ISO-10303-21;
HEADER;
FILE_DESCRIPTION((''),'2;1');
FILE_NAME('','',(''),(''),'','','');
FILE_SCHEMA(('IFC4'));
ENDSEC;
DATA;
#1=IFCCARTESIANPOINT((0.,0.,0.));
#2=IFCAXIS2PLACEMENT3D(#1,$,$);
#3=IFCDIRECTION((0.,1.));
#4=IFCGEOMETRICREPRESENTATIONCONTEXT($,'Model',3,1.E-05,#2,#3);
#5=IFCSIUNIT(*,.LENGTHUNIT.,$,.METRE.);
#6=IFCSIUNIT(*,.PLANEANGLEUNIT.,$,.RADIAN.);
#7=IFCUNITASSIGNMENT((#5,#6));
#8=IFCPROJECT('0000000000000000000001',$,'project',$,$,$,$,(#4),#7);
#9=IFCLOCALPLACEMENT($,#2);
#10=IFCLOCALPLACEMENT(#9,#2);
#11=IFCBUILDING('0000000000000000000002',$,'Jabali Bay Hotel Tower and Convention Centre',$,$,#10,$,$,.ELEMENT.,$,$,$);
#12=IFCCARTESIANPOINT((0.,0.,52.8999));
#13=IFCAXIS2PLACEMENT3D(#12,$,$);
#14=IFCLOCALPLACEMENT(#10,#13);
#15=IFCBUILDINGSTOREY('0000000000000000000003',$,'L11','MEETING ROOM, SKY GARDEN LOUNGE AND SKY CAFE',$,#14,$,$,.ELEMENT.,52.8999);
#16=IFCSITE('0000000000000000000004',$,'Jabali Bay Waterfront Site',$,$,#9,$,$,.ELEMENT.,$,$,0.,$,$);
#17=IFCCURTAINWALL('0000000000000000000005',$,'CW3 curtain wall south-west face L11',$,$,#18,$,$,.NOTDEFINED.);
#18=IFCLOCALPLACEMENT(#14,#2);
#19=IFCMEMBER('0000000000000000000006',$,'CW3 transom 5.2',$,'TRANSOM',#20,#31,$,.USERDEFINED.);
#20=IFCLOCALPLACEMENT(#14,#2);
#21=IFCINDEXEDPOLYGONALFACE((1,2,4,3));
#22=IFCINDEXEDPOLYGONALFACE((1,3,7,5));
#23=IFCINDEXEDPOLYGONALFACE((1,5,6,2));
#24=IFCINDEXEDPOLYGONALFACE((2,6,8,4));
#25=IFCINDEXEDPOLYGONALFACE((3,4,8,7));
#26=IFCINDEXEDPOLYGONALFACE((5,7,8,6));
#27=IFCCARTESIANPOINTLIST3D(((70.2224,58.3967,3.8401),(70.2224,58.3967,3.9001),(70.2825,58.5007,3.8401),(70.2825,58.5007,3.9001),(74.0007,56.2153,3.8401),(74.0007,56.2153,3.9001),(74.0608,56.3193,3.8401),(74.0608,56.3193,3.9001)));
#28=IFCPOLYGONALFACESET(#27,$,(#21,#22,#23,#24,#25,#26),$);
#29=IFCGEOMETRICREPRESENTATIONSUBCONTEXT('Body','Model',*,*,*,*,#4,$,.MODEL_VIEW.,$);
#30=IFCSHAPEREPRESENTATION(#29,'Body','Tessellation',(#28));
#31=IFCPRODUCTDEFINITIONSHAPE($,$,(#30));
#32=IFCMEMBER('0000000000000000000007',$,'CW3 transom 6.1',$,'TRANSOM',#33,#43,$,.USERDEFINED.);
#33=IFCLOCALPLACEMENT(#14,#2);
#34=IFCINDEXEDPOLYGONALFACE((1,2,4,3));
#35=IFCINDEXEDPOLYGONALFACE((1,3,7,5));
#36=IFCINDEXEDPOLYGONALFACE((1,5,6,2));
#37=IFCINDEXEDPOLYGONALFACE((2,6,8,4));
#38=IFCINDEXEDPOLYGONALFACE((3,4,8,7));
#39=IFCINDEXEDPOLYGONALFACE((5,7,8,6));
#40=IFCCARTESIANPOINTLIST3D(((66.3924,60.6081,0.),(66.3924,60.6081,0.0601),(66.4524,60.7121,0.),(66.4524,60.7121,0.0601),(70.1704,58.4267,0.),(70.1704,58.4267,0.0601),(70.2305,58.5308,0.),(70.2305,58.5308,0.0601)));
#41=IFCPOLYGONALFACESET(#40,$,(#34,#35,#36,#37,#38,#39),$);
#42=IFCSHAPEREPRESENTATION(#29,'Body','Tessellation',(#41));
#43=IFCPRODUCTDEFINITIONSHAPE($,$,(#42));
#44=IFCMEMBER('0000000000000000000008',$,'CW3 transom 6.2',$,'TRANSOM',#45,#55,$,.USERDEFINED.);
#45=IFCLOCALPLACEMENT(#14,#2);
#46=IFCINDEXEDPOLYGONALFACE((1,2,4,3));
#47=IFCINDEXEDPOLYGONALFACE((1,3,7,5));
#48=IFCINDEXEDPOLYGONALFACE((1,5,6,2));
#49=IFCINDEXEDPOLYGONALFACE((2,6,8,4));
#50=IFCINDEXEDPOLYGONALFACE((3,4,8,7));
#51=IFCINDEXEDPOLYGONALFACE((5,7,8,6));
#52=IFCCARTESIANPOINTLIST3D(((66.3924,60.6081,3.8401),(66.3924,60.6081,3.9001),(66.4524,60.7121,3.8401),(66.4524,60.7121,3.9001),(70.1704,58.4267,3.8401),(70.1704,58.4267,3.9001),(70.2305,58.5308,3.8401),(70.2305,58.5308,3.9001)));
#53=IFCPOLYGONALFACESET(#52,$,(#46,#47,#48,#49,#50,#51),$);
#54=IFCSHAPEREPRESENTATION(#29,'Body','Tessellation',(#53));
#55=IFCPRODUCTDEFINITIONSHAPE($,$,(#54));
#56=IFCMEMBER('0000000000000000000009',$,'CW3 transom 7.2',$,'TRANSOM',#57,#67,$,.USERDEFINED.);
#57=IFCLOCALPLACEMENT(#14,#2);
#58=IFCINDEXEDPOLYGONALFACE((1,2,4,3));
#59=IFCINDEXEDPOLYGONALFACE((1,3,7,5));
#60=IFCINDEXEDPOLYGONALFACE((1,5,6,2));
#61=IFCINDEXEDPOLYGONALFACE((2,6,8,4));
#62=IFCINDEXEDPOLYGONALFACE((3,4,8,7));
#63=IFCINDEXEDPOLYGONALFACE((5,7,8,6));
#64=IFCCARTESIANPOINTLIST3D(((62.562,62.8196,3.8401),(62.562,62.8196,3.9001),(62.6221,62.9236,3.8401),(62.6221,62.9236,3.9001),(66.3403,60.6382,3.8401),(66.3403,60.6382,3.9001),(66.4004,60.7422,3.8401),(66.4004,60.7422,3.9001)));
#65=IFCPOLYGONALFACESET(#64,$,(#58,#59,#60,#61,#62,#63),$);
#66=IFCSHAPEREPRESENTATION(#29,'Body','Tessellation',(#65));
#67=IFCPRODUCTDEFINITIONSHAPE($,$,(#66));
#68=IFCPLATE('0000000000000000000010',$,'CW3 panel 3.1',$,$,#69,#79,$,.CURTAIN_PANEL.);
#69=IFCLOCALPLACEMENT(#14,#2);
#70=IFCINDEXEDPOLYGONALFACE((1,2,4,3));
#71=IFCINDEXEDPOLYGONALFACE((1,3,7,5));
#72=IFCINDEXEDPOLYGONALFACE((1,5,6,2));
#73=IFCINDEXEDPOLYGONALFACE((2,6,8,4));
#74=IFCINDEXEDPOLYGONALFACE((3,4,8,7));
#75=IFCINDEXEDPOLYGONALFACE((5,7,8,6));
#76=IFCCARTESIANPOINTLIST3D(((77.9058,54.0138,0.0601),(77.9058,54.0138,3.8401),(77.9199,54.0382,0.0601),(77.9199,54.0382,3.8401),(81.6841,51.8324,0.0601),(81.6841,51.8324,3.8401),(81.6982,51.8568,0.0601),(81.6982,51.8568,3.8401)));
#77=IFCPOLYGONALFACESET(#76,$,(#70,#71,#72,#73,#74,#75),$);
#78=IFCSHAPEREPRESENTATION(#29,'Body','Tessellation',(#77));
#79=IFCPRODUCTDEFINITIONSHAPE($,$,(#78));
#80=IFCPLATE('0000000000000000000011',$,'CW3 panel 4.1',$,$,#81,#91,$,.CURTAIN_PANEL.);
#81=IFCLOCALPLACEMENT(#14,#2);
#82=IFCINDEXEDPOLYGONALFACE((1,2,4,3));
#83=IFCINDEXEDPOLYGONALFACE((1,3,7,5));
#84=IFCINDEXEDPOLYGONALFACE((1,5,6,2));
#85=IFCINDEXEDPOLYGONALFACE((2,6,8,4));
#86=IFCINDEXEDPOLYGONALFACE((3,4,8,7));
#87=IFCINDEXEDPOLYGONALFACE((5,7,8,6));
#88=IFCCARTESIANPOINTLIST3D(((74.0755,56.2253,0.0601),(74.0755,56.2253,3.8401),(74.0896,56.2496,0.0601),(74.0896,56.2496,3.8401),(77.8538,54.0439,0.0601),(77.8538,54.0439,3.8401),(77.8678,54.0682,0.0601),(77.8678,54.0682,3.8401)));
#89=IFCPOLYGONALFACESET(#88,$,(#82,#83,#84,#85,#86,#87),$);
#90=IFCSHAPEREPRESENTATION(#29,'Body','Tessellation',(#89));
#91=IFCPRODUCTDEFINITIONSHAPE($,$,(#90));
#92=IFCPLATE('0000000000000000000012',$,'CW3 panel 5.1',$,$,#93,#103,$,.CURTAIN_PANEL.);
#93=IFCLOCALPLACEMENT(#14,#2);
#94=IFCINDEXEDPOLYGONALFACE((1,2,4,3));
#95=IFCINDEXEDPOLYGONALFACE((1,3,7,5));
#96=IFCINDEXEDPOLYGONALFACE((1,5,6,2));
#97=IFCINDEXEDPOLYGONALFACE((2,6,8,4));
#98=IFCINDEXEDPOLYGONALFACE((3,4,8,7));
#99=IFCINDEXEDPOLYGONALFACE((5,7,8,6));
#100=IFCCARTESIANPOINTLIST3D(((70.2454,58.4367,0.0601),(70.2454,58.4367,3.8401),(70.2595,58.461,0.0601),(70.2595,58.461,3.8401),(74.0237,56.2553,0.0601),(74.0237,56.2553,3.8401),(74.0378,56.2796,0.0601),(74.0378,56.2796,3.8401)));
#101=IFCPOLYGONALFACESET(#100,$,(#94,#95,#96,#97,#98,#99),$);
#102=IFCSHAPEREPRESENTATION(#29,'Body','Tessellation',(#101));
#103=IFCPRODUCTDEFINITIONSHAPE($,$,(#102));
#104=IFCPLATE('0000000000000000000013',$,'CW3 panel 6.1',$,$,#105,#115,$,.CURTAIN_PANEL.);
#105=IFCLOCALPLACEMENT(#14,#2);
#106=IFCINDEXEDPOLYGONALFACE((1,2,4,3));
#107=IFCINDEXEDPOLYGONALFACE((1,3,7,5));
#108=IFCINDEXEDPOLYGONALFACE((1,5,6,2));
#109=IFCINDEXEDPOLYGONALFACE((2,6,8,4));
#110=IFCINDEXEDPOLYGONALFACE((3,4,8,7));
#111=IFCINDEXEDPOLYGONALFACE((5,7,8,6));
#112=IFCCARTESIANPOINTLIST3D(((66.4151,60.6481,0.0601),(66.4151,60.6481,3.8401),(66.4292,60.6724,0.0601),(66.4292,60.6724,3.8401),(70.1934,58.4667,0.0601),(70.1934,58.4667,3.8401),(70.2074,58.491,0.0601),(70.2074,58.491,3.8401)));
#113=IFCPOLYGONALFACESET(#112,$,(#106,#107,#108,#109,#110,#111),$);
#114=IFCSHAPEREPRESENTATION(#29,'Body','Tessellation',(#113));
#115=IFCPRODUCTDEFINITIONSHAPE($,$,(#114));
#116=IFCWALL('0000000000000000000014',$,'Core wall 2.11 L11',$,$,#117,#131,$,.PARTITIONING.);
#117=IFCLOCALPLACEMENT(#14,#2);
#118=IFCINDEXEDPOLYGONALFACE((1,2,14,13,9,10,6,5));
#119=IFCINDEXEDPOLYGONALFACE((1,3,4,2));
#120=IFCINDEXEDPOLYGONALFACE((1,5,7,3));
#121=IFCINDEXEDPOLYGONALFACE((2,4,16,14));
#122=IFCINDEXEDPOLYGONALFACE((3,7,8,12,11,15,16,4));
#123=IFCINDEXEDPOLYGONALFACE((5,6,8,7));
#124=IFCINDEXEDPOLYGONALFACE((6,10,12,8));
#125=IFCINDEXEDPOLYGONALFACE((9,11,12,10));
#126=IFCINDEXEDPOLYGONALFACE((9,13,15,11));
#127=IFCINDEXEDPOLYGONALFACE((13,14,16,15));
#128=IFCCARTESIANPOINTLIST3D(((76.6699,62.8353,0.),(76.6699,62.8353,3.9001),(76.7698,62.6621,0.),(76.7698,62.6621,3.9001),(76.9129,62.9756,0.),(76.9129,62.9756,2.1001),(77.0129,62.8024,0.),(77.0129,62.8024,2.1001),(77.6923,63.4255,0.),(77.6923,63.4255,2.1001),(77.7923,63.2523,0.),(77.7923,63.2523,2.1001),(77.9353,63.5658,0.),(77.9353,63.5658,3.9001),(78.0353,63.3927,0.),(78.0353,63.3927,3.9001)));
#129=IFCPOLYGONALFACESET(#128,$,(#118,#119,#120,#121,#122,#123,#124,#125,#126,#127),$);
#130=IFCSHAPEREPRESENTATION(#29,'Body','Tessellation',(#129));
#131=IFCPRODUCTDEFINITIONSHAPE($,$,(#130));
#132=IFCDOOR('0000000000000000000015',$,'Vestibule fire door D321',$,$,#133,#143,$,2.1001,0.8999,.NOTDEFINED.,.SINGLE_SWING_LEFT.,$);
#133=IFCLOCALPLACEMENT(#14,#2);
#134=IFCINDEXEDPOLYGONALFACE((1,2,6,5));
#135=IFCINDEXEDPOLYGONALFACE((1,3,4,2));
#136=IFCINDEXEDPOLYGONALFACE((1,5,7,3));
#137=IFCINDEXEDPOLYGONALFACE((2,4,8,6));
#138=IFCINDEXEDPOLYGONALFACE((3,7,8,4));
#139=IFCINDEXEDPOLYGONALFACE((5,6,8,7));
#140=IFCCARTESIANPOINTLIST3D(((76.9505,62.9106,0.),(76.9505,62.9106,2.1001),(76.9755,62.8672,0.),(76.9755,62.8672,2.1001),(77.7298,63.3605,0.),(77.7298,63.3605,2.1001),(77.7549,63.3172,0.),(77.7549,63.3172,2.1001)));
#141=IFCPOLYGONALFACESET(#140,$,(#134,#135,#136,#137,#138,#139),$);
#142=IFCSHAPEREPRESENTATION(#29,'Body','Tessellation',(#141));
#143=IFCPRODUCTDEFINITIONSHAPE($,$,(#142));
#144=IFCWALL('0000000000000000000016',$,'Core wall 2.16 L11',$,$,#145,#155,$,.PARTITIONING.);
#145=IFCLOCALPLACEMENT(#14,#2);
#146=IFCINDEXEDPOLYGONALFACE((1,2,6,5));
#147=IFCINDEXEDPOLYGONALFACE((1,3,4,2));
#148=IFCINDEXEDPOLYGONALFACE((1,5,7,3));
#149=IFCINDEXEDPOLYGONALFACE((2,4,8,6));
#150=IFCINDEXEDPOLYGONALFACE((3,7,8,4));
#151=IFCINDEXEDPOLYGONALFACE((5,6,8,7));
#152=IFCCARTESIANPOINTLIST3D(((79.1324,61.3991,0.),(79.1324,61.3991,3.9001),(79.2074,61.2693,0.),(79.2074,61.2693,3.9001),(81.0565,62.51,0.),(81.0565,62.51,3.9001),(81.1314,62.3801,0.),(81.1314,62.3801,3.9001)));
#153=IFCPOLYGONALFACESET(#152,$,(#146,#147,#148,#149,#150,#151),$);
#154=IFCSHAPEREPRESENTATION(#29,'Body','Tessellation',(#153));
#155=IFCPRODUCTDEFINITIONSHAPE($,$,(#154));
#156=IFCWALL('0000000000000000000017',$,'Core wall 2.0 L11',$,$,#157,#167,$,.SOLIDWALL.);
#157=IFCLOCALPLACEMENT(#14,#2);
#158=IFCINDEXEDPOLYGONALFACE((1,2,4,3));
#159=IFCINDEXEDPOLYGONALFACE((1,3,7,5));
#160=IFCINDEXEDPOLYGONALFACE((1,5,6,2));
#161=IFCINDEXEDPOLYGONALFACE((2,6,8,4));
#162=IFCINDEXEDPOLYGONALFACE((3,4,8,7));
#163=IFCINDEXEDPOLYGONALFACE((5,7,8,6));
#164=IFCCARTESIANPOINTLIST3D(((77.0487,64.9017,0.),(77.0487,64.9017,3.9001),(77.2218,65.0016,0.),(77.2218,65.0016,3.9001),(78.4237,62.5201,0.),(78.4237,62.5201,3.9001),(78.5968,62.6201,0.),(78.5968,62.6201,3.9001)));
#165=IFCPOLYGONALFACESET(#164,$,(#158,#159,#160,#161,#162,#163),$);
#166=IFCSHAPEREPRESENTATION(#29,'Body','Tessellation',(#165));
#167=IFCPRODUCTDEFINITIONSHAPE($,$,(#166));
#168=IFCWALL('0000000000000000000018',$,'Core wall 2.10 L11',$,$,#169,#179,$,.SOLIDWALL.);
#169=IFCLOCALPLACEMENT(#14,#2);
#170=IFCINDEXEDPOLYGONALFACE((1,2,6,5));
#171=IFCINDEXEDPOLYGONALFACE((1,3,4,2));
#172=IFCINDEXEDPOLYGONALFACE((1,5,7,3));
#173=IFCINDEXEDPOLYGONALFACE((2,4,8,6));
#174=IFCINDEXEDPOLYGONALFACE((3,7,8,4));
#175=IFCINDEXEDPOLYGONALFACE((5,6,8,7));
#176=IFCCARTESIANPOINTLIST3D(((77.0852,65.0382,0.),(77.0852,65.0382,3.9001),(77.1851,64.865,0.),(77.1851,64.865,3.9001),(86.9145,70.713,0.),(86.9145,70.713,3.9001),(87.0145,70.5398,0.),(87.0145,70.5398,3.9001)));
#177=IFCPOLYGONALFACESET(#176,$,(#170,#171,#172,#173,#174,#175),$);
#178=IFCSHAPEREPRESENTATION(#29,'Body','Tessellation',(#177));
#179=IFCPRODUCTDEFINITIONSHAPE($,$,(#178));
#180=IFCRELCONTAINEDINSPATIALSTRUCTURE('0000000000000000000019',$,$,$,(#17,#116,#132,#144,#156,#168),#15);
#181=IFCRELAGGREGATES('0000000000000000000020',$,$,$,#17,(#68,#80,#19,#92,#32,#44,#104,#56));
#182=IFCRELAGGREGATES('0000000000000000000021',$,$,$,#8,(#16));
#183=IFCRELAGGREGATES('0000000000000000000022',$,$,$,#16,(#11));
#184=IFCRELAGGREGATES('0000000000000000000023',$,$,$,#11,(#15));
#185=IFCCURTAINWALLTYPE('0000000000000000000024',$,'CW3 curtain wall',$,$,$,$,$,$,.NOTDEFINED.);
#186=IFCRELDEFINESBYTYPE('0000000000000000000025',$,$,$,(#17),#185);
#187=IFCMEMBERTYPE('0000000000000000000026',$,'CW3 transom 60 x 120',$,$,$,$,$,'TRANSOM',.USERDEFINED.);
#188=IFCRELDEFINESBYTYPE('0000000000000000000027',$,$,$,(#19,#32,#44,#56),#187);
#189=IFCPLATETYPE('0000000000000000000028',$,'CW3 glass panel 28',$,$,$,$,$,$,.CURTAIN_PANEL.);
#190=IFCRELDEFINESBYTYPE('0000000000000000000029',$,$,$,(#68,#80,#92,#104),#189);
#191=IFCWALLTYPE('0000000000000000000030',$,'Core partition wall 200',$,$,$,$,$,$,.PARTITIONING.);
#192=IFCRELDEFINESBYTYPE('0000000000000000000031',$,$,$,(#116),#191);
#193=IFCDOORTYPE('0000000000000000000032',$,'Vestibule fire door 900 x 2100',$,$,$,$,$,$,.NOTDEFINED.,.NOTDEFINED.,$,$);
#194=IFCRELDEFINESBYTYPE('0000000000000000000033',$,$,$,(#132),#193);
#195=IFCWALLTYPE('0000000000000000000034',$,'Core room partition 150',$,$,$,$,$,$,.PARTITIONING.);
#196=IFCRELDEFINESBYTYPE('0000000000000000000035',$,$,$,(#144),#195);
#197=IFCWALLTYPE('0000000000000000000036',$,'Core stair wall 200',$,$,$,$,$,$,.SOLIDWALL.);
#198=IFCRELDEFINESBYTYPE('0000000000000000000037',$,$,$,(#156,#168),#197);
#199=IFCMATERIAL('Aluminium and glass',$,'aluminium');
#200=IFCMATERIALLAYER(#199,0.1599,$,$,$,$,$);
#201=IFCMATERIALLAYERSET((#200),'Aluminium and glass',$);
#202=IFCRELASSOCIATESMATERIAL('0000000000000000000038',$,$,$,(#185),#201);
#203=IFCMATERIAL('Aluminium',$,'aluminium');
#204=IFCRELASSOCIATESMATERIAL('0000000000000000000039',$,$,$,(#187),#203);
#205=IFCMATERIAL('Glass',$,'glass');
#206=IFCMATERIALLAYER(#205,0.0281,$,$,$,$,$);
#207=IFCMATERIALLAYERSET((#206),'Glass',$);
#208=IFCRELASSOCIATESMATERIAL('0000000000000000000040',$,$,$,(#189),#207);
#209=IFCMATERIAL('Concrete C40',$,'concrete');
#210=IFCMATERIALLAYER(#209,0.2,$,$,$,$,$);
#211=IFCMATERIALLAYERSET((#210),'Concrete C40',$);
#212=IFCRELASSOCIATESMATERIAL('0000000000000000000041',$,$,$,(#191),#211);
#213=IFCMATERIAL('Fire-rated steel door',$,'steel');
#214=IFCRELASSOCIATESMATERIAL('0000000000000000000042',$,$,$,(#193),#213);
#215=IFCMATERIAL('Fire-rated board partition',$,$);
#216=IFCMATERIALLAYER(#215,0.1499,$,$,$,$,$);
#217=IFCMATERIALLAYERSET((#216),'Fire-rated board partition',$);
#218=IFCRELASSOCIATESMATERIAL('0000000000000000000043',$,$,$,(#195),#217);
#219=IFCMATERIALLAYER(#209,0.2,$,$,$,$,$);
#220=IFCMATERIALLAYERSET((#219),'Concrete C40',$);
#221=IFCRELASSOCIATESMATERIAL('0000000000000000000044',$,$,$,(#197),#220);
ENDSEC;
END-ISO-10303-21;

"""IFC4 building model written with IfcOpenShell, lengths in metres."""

from ifc_helpers import new_model, si_unit, direction, frame, frame_2d, origin, origin_2d, place, context, subcontext, project, spatial, rectangle, extrude, material, layer, layer_set, material_profile, profile_set, type_object, element, fill, aggregate, save


model = new_model("IFC4")

# Units and contexts
model_context = context("Model", 3, precision=1e-05, world=origin(), true_north=direction((0.0, 1.0)))
body_context = subcontext(model_context, "Body", "Model", "MODEL_VIEW")
ifc_project = project(units=[si_unit("LENGTHUNIT", "METRE"), si_unit("PLANEANGLEUNIT", "RADIAN")], contexts=[model_context])

# Site, building, storey
site_placement = place(None, origin())
site = spatial("IfcSite", under=ifc_project, at=site_placement, Name="Jabali Bay Waterfront Site", CompositionType="ELEMENT", RefElevation=0.0)
building_placement = place(site_placement, origin())
building = spatial("IfcBuilding", under=site, at=building_placement, Name="Jabali Bay Hotel Tower and Convention Centre", CompositionType="ELEMENT")
storey_placement = place(building_placement, frame((0.0, 0.0, 52.8999)))
storey = spatial("IfcBuildingStorey", under=building, at=storey_placement, Name="L11", Description="MEETING ROOM, SKY GARDEN LOUNGE AND SKY CAFE", CompositionType="ELEMENT", Elevation=52.8999)

# Curtain wall, members, plates
ifc_material_1 = material(Name="Aluminium and glass", Category="aluminium")
ifc_layer_1 = layer(ifc_material_1, 0.1599)
ifc_layer_set_1 = layer_set([ifc_layer_1], Name="Aluminium and glass")
curtain_wall_type = type_object("IfcCurtainWallType", Name="CW3 curtain wall", PredefinedType="NOTDEFINED", material=ifc_layer_set_1)
curtain_wall_placement = place(storey_placement, origin())
curtain_wall = element("IfcCurtainWall", 1, at=curtain_wall_placement, inside=storey, type_object=curtain_wall_type, Name="CW3 curtain wall south-west face L11", PredefinedType="NOTDEFINED")
ifc_material_2 = material(Name="Aluminium", Category="aluminium")
ifc_material_profile_1 = material_profile(ifc_material_2, rectangle(XDim=0.1201, YDim=0.0601, at=origin_2d()), Name="CW3 transom 60 x 120")
ifc_profile_set_1 = profile_set([ifc_material_profile_1], Name="Aluminium")
member_type_1 = type_object("IfcMemberType", Name="CW3 transom 60 x 120", ElementType="TRANSOM", PredefinedType="USERDEFINED", material=ifc_profile_set_1)
member_1_placement = place(storey_placement, frame((74.0308, 56.2673, 3.8701), z_axis=(-0.866027, 0.499997, 0.0), x_axis=(-0.499997, -0.866027, 0.0)))
member_1 = element("IfcMember", 2, at=member_1_placement, type_object=member_type_1, Name="CW3 transom 5.2", ObjectType="TRANSOM", PredefinedType="USERDEFINED", context=body_context, shape_type="SweptSolid", body=[
    extrude(rectangle(XDim=0.1201, YDim=0.0601, at=origin_2d()), origin(), (0.0, 0.0, 1.0), 4.3628),
])
member_2_placement = place(storey_placement, frame((70.2004, 58.4788, 0.03), z_axis=(-0.866013, 0.500021, 0.0), x_axis=(-0.500021, -0.866013, 0.0)))
member_2 = element("IfcMember", 3, at=member_2_placement, type_object=member_type_1, Name="CW3 transom 6.1", ObjectType="TRANSOM", PredefinedType="USERDEFINED", context=body_context, shape_type="SweptSolid", body=[
    extrude(rectangle(XDim=0.1201, YDim=0.0601, at=origin_2d()), origin(), (0.0, 0.0, 1.0), 4.3625),
])
member_3_placement = place(storey_placement, frame((70.2004, 58.4788, 3.8701), z_axis=(-0.866013, 0.500021, 0.0), x_axis=(-0.500021, -0.866013, 0.0)))
member_3 = element("IfcMember", 4, at=member_3_placement, type_object=member_type_1, Name="CW3 transom 6.2", ObjectType="TRANSOM", PredefinedType="USERDEFINED", context=body_context, shape_type="SweptSolid", body=[
    extrude(rectangle(XDim=0.1201, YDim=0.0601, at=origin_2d()), origin(), (0.0, 0.0, 1.0), 4.3625),
])
member_4_placement = place(storey_placement, frame((66.3704, 60.6902, 3.8701), z_axis=(-0.866027, 0.499997, 0.0), x_axis=(-0.499997, -0.866027, 0.0)))
member_4 = element("IfcMember", 5, at=member_4_placement, type_object=member_type_1, Name="CW3 transom 7.2", ObjectType="TRANSOM", PredefinedType="USERDEFINED", context=body_context, shape_type="SweptSolid", body=[
    extrude(rectangle(XDim=0.1201, YDim=0.0601, at=origin_2d()), origin(), (0.0, 0.0, 1.0), 4.3628),
])
ifc_material_3 = material(Name="Glass", Category="glass")
ifc_layer_2 = layer(ifc_material_3, 0.0281)
ifc_layer_set_2 = layer_set([ifc_layer_2], Name="Glass")
plate_type = type_object("IfcPlateType", Name="CW3 glass panel 28", PredefinedType="CURTAIN_PANEL", material=ifc_layer_set_2)
plate_1_placement = place(storey_placement, frame((79.802, 52.9353, 0.0601), z_axis=(0.0, 0.0, 1.0), x_axis=(-0.866025, 0.5, 0.0)))
plate_1 = element("IfcPlate", 6, at=plate_1_placement, type_object=plate_type, Name="CW3 panel 3.1", PredefinedType="CURTAIN_PANEL", context=body_context, shape_type="SweptSolid", body=[
    extrude(rectangle(XDim=4.3628, YDim=0.0281, at=origin_2d()), origin(), (0.0, 0.0, 1.0), 3.78),
])
plate_2_placement = place(storey_placement, frame((75.9717, 55.1467, 0.0601), z_axis=(0.0, 0.0, 1.0), x_axis=(-0.866025, 0.5, 0.0)))
plate_2 = element("IfcPlate", 7, at=plate_2_placement, type_object=plate_type, Name="CW3 panel 4.1", PredefinedType="CURTAIN_PANEL", context=body_context, shape_type="SweptSolid", body=[
    extrude(rectangle(XDim=4.3628, YDim=0.0281, at=origin_2d()), origin(), (0.0, 0.0, 1.0), 3.78),
])
plate_3_placement = place(storey_placement, frame((72.1416, 57.3582, 0.0601), z_axis=(0.0, 0.0, 1.0), x_axis=(-0.866025, 0.5, 0.0)))
plate_3 = element("IfcPlate", 8, at=plate_3_placement, type_object=plate_type, Name="CW3 panel 5.1", PredefinedType="CURTAIN_PANEL", context=body_context, shape_type="SweptSolid", body=[
    extrude(rectangle(XDim=4.3628, YDim=0.0281, at=origin_2d()), origin(), (0.0, 0.0, 1.0), 3.78),
])
plate_4_placement = place(storey_placement, frame((68.3113, 59.5696, 0.0601), z_axis=(0.0, 0.0, 1.0), x_axis=(-0.866025, 0.5, 0.0)))
plate_4 = element("IfcPlate", 9, at=plate_4_placement, type_object=plate_type, Name="CW3 panel 6.1", PredefinedType="CURTAIN_PANEL", context=body_context, shape_type="SweptSolid", body=[
    extrude(rectangle(XDim=4.3628, YDim=0.0281, at=origin_2d()), origin(), (0.0, 0.0, 1.0), 3.78),
])
aggregate(curtain_wall, [plate_1, plate_2, member_1, plate_3, member_2, member_3, plate_4, member_4])

# Wall, opening, door
ifc_material_4 = material(Name="Concrete C40", Category="concrete")
ifc_layer_3 = layer(ifc_material_4, 0.2)
ifc_layer_set_3 = layer_set([ifc_layer_3], Name="Concrete C40")
wall_type_1 = type_object("IfcWallType", Name="Core partition wall 200", PredefinedType="PARTITIONING", material=ifc_layer_set_3)
wall_1_placement = place(storey_placement, frame((76.72, 62.7488, 0.0), z_axis=(0.0, 0.0, 1.0), x_axis=(0.866055, 0.499949, 0.0)))
wall_1 = element("IfcWall", 10, at=wall_1_placement, inside=storey, type_object=wall_type_1, Name="Core wall 2.11 L11", PredefinedType="PARTITIONING", context=body_context, shape_type="SweptSolid", body=[
    extrude(rectangle(XDim=1.4612, YDim=0.2, at=frame_2d((0.7305, 0.0))), origin(), (0.0, 0.0, 1.0), 3.9001),
])
opening_placement = place(wall_1_placement, frame((0.2805, 0.0, 0.0)))
opening = element("IfcOpeningElement", 11, at=opening_placement, cuts=wall_1, PredefinedType="OPENING", context=body_context, shape_type="SweptSolid", body=[
    extrude(rectangle(XDim=0.8999, YDim=2.1001, at=frame_2d((0.45, 1.05))), frame((0.0, 0.1104, 0.0), z_axis=(0.0, -1.0, 0.0), x_axis=(1.0, 0.0, 0.0)), (0.0, 0.0, 1.0), 0.2209),
])
ifc_material_5 = material(Name="Fire-rated steel door", Category="steel")
door_type = type_object("IfcDoorType", Name="Vestibule fire door 900 x 2100", OperationType="NOTDEFINED", PredefinedType="NOTDEFINED", material=ifc_material_5)
door_placement = place(opening_placement, origin())
door = element("IfcDoor", 12, at=door_placement, inside=storey, type_object=door_type, Name="Vestibule fire door D321", OperationType="SINGLE_SWING_LEFT", OverallHeight=2.1001, OverallWidth=0.8999, PredefinedType="NOTDEFINED", context=body_context, shape_type="SweptSolid", body=[
    extrude(rectangle(XDim=0.8999, YDim=2.1001, at=frame_2d((0.45, 1.05))), frame((0.0, 0.0249, 0.0), z_axis=(0.0, -1.0, 0.0), x_axis=(1.0, 0.0, 0.0)), (0.0, 0.0, 1.0), 0.05),
])
fill(opening, door)

# Walls
ifc_material_6 = material(Name="Fire-rated board partition")
ifc_layer_4 = layer(ifc_material_6, 0.1499)
ifc_layer_set_4 = layer_set([ifc_layer_4], Name="Fire-rated board partition")
wall_type_2 = type_object("IfcWallType", Name="Core room partition 150", PredefinedType="PARTITIONING", material=ifc_layer_set_4)
wall_2_placement = place(storey_placement, frame((79.1699, 61.3342, 0.0), z_axis=(0.0, 0.0, 1.0), x_axis=(0.86603, 0.499992, 0.0)))
element("IfcWall", 13, at=wall_2_placement, inside=storey, type_object=wall_type_2, Name="Core wall 2.16 L11", PredefinedType="PARTITIONING", context=body_context, shape_type="SweptSolid", body=[
    extrude(rectangle(XDim=2.2217, YDim=0.1499, at=frame_2d((1.1108, 0.0))), origin(), (0.0, 0.0, 1.0), 3.9001),
])
ifc_layer_5 = layer(ifc_material_4, 0.2)
ifc_layer_set_5 = layer_set([ifc_layer_5], Name="Concrete C40")
wall_type_3 = type_object("IfcWallType", Name="Core stair wall 200", PredefinedType="SOLIDWALL", material=ifc_layer_set_5)
wall_3_placement = place(storey_placement, frame((77.1353, 64.9517, 0.0), z_axis=(0.0, 0.0, 1.0), x_axis=(0.499997, -0.866027, 0.0)))
element("IfcWall", 14, at=wall_3_placement, inside=storey, type_object=wall_type_3, Name="Core wall 2.0 L11", PredefinedType="SOLIDWALL", context=body_context, shape_type="SweptSolid", body=[
    extrude(rectangle(XDim=2.75, YDim=0.2, at=frame_2d((1.375, 0.0))), origin(), (0.0, 0.0, 1.0), 3.9001),
])
wall_4_placement = place(storey_placement, frame((77.1353, 64.9517, 0.0), z_axis=(0.0, 0.0, 1.0), x_axis=(0.866032, 0.499989, 0.0)))
element("IfcWall", 15, at=wall_4_placement, inside=storey, type_object=wall_type_3, Name="Core wall 2.10 L11", PredefinedType="SOLIDWALL", context=body_context, shape_type="SweptSolid", body=[
    extrude(rectangle(XDim=11.3499, YDim=0.2, at=frame_2d((5.6748, 0.0))), origin(), (0.0, 0.0, 1.0), 3.9001),
])

save(model, "model.ifc")
